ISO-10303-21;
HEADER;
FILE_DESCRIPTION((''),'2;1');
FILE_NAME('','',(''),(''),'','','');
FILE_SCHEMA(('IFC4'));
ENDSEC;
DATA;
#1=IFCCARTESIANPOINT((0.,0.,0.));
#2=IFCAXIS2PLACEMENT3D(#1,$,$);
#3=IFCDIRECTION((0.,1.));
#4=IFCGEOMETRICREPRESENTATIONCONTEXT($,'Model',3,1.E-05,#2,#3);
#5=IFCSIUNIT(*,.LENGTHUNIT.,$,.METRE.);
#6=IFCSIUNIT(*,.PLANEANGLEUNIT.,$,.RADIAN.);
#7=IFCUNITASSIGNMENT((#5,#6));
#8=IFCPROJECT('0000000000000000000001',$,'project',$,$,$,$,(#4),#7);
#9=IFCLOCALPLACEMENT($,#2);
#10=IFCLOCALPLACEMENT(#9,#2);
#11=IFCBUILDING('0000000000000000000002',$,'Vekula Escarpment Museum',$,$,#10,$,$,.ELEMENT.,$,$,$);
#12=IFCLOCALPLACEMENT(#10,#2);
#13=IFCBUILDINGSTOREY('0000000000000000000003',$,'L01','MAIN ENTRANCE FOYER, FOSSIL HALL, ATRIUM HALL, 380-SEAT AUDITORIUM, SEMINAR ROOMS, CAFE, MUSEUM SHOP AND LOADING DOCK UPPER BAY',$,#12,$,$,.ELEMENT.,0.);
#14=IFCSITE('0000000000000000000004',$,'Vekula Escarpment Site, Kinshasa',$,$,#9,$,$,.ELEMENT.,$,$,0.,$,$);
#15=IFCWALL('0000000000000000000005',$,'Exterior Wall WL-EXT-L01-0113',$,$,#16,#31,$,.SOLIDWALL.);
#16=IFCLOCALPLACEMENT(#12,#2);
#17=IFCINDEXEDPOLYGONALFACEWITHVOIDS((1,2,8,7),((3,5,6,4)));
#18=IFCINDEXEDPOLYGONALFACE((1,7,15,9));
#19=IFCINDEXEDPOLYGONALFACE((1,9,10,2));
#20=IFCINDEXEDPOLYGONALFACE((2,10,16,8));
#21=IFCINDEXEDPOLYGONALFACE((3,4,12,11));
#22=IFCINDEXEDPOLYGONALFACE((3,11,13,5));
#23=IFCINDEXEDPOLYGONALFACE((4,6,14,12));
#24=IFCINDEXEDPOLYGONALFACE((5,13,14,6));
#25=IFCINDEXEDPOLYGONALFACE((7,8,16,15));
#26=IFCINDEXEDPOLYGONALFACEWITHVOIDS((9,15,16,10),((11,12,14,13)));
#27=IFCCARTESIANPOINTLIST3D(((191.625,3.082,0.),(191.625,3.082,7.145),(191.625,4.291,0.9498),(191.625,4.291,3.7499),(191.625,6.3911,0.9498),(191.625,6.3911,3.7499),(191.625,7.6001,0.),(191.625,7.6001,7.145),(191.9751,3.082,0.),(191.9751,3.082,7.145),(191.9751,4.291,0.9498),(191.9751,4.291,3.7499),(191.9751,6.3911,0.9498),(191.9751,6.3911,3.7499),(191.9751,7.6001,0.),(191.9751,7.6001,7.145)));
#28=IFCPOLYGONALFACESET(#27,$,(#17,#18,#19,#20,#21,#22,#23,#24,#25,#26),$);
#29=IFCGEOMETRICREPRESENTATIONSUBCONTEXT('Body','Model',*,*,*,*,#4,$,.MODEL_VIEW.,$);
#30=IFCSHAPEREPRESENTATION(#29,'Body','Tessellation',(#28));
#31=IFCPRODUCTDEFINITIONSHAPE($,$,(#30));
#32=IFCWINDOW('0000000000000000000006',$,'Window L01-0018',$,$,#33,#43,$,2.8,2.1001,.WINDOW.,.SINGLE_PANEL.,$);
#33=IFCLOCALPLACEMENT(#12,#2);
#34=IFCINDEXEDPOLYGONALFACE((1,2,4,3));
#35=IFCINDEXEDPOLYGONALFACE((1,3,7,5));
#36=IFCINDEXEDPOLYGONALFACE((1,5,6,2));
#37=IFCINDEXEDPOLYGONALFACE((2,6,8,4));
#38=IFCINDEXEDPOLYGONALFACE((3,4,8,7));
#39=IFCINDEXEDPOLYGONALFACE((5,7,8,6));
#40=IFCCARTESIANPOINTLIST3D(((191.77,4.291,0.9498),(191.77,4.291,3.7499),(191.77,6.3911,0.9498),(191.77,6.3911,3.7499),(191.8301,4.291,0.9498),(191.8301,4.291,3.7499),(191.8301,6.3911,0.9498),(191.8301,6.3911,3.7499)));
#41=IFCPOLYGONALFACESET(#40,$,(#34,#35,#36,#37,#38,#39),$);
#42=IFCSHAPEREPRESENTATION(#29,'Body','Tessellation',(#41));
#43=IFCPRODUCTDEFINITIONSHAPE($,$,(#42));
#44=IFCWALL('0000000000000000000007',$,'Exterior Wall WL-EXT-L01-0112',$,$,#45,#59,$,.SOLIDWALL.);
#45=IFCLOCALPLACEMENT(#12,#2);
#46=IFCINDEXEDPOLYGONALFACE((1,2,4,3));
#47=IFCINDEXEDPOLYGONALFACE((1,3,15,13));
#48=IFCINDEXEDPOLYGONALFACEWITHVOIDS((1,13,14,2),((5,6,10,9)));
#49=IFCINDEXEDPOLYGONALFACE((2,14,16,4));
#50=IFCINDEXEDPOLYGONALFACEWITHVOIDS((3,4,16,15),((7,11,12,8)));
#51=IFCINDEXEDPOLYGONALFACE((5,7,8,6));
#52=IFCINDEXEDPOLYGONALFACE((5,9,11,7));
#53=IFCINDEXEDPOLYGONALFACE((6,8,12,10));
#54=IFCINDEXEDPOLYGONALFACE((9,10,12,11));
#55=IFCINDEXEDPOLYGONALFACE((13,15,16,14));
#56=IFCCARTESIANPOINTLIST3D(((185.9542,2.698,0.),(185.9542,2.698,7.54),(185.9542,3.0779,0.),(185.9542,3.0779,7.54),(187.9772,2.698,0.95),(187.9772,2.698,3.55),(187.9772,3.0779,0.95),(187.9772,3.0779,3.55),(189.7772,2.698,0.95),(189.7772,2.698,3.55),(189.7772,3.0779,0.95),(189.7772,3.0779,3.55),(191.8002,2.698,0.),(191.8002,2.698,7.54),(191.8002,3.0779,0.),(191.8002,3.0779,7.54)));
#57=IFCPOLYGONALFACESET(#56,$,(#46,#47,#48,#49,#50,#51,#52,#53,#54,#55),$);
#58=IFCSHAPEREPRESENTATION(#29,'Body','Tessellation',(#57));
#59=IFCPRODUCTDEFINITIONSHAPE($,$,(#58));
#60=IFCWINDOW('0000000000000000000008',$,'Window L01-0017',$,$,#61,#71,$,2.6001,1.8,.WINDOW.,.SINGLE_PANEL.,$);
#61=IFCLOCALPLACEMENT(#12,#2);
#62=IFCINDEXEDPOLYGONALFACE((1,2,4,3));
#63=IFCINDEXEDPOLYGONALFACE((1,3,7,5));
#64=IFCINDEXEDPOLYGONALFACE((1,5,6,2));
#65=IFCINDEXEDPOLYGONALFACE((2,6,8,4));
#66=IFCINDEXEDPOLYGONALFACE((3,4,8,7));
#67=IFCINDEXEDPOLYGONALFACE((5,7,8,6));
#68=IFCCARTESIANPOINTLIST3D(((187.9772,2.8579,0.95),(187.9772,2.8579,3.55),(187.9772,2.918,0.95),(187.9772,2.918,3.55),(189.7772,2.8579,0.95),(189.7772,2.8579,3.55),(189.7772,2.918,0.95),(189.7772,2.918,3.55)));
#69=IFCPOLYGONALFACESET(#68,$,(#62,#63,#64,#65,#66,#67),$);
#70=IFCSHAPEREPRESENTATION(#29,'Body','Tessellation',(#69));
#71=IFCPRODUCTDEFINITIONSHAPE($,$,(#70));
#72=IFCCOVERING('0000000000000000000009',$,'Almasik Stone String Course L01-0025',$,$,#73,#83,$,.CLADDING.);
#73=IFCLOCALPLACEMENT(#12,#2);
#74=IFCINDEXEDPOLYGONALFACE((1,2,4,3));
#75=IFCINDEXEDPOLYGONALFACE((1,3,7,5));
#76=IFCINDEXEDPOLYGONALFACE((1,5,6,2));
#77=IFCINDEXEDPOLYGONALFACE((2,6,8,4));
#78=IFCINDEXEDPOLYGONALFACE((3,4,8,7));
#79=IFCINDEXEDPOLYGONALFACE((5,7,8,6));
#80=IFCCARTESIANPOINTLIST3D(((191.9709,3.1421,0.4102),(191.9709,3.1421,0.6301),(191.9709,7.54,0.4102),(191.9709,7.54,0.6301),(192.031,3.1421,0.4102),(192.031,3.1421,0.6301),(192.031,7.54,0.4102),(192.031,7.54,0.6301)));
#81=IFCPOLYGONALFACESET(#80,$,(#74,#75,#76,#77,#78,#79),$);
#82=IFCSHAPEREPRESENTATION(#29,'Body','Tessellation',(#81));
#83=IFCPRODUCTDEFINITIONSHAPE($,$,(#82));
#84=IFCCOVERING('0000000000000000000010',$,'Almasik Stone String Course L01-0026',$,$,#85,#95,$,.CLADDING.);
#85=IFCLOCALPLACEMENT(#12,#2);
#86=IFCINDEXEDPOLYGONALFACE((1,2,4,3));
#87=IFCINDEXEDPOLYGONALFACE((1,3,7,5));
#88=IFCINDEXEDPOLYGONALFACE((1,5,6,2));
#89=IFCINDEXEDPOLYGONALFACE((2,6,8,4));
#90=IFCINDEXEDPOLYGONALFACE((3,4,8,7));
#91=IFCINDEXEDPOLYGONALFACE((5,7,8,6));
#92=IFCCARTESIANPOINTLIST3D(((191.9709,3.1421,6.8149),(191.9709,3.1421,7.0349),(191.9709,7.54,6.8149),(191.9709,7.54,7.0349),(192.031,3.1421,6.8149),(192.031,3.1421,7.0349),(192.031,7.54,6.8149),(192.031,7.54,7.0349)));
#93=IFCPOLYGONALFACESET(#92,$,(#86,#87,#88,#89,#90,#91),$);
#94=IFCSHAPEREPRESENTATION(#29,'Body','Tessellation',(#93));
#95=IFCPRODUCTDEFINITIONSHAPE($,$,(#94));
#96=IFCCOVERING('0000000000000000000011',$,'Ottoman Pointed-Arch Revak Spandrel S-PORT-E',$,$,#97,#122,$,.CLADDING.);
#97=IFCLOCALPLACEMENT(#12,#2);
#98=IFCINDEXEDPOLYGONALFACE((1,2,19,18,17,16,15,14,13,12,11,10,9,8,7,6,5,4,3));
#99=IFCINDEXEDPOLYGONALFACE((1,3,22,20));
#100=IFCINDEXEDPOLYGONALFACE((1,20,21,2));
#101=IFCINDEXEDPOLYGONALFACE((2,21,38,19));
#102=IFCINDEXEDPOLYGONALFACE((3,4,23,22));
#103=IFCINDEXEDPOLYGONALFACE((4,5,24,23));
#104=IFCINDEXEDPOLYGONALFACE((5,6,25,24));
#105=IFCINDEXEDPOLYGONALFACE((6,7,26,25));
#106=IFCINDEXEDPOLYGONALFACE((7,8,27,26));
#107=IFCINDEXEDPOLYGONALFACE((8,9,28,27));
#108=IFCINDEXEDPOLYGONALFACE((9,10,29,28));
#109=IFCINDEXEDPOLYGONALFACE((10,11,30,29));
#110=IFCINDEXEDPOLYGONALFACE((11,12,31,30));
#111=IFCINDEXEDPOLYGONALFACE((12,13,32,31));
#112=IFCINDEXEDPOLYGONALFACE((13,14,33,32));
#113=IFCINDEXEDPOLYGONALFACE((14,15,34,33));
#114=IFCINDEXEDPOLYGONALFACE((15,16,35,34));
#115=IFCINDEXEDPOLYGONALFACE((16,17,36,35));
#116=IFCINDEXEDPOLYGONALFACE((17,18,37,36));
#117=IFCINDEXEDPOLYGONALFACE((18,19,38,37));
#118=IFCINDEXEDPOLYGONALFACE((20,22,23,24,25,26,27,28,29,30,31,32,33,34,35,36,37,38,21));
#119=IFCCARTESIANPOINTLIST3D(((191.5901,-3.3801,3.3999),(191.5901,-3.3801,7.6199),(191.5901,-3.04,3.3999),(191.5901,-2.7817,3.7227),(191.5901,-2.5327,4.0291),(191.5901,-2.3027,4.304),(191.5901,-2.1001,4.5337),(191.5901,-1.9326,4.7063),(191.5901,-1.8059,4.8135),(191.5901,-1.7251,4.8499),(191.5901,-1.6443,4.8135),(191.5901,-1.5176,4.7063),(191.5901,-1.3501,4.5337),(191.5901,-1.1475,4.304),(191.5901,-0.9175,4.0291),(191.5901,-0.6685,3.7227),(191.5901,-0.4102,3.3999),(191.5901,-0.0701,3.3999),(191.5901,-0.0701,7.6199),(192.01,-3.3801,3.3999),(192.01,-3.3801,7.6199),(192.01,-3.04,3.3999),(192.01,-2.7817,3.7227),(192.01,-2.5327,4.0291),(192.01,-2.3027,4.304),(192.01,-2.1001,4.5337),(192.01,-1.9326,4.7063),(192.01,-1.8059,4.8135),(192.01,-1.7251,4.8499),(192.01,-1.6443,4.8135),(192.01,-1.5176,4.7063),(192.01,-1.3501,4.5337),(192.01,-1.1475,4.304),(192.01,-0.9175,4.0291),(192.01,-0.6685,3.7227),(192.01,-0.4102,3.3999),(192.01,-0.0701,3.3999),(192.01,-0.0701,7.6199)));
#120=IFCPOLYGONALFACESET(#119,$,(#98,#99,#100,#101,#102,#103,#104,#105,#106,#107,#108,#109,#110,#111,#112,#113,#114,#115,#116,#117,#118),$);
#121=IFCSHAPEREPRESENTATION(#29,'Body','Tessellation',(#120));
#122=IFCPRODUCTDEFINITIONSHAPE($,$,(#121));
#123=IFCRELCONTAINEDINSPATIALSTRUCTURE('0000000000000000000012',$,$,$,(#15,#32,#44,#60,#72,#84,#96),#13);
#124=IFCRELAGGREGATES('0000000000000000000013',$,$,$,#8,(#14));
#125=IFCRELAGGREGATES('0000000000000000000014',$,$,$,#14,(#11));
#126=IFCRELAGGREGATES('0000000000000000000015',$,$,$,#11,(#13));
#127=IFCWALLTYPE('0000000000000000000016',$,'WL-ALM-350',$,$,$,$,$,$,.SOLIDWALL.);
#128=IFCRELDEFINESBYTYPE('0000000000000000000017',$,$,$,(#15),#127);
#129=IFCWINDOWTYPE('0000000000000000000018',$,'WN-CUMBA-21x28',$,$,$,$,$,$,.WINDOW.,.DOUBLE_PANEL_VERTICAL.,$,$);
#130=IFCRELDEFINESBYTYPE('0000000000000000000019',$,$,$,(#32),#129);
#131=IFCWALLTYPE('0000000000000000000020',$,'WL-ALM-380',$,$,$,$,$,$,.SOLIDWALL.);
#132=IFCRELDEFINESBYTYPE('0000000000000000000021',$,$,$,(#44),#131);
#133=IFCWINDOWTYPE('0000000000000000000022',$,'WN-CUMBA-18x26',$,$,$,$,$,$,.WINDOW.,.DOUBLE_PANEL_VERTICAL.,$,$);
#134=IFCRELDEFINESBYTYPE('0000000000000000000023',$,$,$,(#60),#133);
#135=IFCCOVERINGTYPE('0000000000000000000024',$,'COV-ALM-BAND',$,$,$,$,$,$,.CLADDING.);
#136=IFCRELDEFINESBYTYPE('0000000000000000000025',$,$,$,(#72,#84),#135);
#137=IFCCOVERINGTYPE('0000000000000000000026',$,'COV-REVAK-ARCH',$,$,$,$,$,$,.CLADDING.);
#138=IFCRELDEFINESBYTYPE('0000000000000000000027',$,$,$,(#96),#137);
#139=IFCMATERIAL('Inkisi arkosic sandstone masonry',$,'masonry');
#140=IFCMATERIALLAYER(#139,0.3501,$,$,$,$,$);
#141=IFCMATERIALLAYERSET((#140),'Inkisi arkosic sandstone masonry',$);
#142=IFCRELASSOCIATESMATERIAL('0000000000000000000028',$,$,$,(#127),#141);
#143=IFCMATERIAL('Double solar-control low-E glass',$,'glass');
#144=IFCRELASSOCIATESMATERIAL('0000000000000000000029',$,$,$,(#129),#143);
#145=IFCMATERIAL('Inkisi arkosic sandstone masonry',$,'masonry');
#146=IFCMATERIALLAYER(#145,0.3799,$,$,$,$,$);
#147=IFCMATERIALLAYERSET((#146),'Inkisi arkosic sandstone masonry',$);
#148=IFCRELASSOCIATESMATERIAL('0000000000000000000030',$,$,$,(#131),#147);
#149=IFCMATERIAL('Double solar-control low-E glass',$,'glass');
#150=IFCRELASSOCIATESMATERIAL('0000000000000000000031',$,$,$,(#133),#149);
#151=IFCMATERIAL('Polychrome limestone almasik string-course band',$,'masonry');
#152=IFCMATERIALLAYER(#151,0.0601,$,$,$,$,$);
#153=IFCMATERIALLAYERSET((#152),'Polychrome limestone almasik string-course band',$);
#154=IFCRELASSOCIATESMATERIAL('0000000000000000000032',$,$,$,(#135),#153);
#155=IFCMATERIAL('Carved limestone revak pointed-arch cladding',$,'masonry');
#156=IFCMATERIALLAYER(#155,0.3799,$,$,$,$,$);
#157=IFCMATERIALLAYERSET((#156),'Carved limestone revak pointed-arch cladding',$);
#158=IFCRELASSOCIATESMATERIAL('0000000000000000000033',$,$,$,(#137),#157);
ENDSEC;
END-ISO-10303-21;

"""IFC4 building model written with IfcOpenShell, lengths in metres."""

from ifc_helpers import new_model, si_unit, direction, frame, frame_2d, origin, origin_2d, place, context, subcontext, project, spatial, polyline, rectangle, outline, extrude, material, layer, layer_set, type_object, element, fill, save


model = new_model("IFC4")

# Units and contexts
model_context = context("Model", 3, precision=1e-05, world=origin(), true_north=direction((0.0, 1.0)))
body_context = subcontext(model_context, "Body", "Model", "MODEL_VIEW")
ifc_project = project(units=[si_unit("LENGTHUNIT", "METRE"), si_unit("PLANEANGLEUNIT", "RADIAN")], contexts=[model_context])

# Site, building, storey
site_placement = place(None, origin())
site = spatial("IfcSite", under=ifc_project, at=site_placement, Name="Vekula Escarpment Site, Kinshasa", CompositionType="ELEMENT", RefElevation=0.0)
building_placement = place(site_placement, origin())
building = spatial("IfcBuilding", under=site, at=building_placement, Name="Vekula Escarpment Museum", CompositionType="ELEMENT")
storey_placement = place(building_placement, origin())
storey = spatial("IfcBuildingStorey", under=building, at=storey_placement, Name="L01", Description="MAIN ENTRANCE FOYER, FOSSIL HALL, ATRIUM HALL, 380-SEAT AUDITORIUM, SEMINAR ROOMS, CAFE, MUSEUM SHOP AND LOADING DOCK UPPER BAY", CompositionType="ELEMENT", Elevation=0.0)

# Walls, openings, windows
ifc_material_1 = material(Name="Inkisi arkosic sandstone masonry", Category="masonry")
ifc_layer_1 = layer(ifc_material_1, 0.3501)
ifc_layer_set_1 = layer_set([ifc_layer_1], Name="Inkisi arkosic sandstone masonry")
wall_type_1 = type_object("IfcWallType", Name="WL-ALM-350", PredefinedType="SOLIDWALL", material=ifc_layer_set_1)
wall_1_placement = place(storey_placement, frame((191.8, 7.6001, 0.0), z_axis=(0.0, 0.0, 1.0), x_axis=(0.0, -1.0, 0.0)))
wall_1 = element("IfcWall", 1, at=wall_1_placement, inside=storey, type_object=wall_type_1, Name="Exterior Wall WL-EXT-L01-0113", PredefinedType="SOLIDWALL", context=body_context, shape_type="SweptSolid", body=[
    extrude(rectangle(XDim=4.5181, YDim=0.3501, at=frame_2d((2.259, 0.0))), origin(), (0.0, 0.0, 1.0), 7.145),
])
opening_1_placement = place(wall_1_placement, frame((1.209, 0.0, 0.95)))
opening_1 = element("IfcOpeningElement", 2, at=opening_1_placement, cuts=wall_1, PredefinedType="OPENING", context=body_context, shape_type="SweptSolid", body=[
    extrude(rectangle(XDim=2.1001, YDim=2.8, at=frame_2d((1.05, 1.3999))), frame((0.0, 0.1851, 0.0), z_axis=(0.0, -1.0, 0.0), x_axis=(1.0, 0.0, 0.0)), (0.0, 0.0, 1.0), 0.3701),
])
ifc_material_2 = material(Name="Double solar-control low-E glass", Category="glass")
window_type_1 = type_object("IfcWindowType", Name="WN-CUMBA-21x28", PartitioningType="DOUBLE_PANEL_VERTICAL", PredefinedType="WINDOW", material=ifc_material_2)
window_1_placement = place(opening_1_placement, origin())
window_1 = element("IfcWindow", 3, at=window_1_placement, inside=storey, type_object=window_type_1, Name="Window L01-0018", OverallHeight=2.8, OverallWidth=2.1001, PartitioningType="SINGLE_PANEL", PredefinedType="WINDOW", context=body_context, shape_type="SweptSolid", body=[
    extrude(rectangle(XDim=2.1001, YDim=2.8, at=frame_2d((1.05, 1.3999))), frame((0.0, 0.03, 0.0), z_axis=(0.0, -1.0, 0.0), x_axis=(1.0, 0.0, 0.0)), (0.0, 0.0, 1.0), 0.0601),
])
fill(opening_1, window_1)
ifc_material_3 = material(Name="Inkisi arkosic sandstone masonry", Category="masonry")
ifc_layer_2 = layer(ifc_material_3, 0.3799)
ifc_layer_set_2 = layer_set([ifc_layer_2], Name="Inkisi arkosic sandstone masonry")
wall_type_2 = type_object("IfcWallType", Name="WL-ALM-380", PredefinedType="SOLIDWALL", material=ifc_layer_set_2)
wall_2_placement = place(storey_placement, frame((191.8, 2.8879, 0.0), z_axis=(0.0, 0.0, 1.0), x_axis=(-1.0, 0.0, 0.0)))
wall_2 = element("IfcWall", 4, at=wall_2_placement, inside=storey, type_object=wall_type_2, Name="Exterior Wall WL-EXT-L01-0112", PredefinedType="SOLIDWALL", context=body_context, shape_type="SweptSolid", body=[
    extrude(rectangle(XDim=5.8459, YDim=0.3799, at=frame_2d((2.9229, 0.0))), origin(), (0.0, 0.0, 1.0), 7.54),
])
opening_2_placement = place(wall_2_placement, frame((2.0229, 0.0, 0.95)))
opening_2 = element("IfcOpeningElement", 5, at=opening_2_placement, cuts=wall_2, PredefinedType="OPENING", context=body_context, shape_type="SweptSolid", body=[
    extrude(rectangle(XDim=1.8, YDim=2.6001, at=frame_2d((0.8999, 1.3))), frame((0.0, 0.2, 0.0), z_axis=(0.0, -1.0, 0.0), x_axis=(1.0, 0.0, 0.0)), (0.0, 0.0, 1.0), 0.3999),
])
ifc_material_4 = material(Name="Double solar-control low-E glass", Category="glass")
window_type_2 = type_object("IfcWindowType", Name="WN-CUMBA-18x26", PartitioningType="DOUBLE_PANEL_VERTICAL", PredefinedType="WINDOW", material=ifc_material_4)
window_2_placement = place(opening_2_placement, origin())
window_2 = element("IfcWindow", 6, at=window_2_placement, inside=storey, type_object=window_type_2, Name="Window L01-0017", OverallHeight=2.6001, OverallWidth=1.8, PartitioningType="SINGLE_PANEL", PredefinedType="WINDOW", context=body_context, shape_type="SweptSolid", body=[
    extrude(rectangle(XDim=1.8, YDim=2.6001, at=frame_2d((0.8999, 1.3))), frame((0.0, 0.03, 0.0), z_axis=(0.0, -1.0, 0.0), x_axis=(1.0, 0.0, 0.0)), (0.0, 0.0, 1.0), 0.0601),
])
fill(opening_2, window_2)

# Coverings
ifc_material_5 = material(Name="Polychrome limestone almasik string-course band", Category="masonry")
ifc_layer_3 = layer(ifc_material_5, 0.0601)
ifc_layer_set_3 = layer_set([ifc_layer_3], Name="Polychrome limestone almasik string-course band")
covering_type_1 = type_object("IfcCoveringType", Name="COV-ALM-BAND", PredefinedType="CLADDING", material=ifc_layer_set_3)
for number, where, z_axis, x_axis, name in (
    (7, (192.001, 5.3411, 0.4102), (0.0, 0.0, 1.0), (0.0, 1.0, 0.0), "Almasik Stone String Course L01-0025"),
    (8, (192.001, 5.3411, 6.8149), (0.0, 0.0, 1.0), (0.0, 1.0, 0.0), "Almasik Stone String Course L01-0026"),
):
    element("IfcCovering", number, at=place(storey_placement, frame(where, z_axis=z_axis, x_axis=x_axis)), inside=storey, type_object=covering_type_1, Name=name, PredefinedType="CLADDING", context=body_context, shape_type="SweptSolid", body=[
        extrude(rectangle(XDim=4.3979, YDim=0.0601, at=origin_2d()), origin(), (0.0, 0.0, 1.0), 0.22),
    ])
ifc_material_6 = material(Name="Carved limestone revak pointed-arch cladding", Category="masonry")
ifc_layer_4 = layer(ifc_material_6, 0.3799)
ifc_layer_set_4 = layer_set([ifc_layer_4], Name="Carved limestone revak pointed-arch cladding")
covering_type_2 = type_object("IfcCoveringType", Name="COV-REVAK-ARCH", PredefinedType="CLADDING", material=ifc_layer_set_4)
covering_placement = place(storey_placement, frame((192.01, -1.7251, 3.3999), z_axis=(-1.0, 0.0, 0.0), x_axis=(0.0, -1.0, 0.0)))
element("IfcCovering", 9, at=covering_placement, inside=storey, type_object=covering_type_2, Name="Ottoman Pointed-Arch Revak Spandrel S-PORT-E", PredefinedType="CLADDING", context=body_context, shape_type="SweptSolid", body=[
    extrude(outline(polyline([(-1.655, 4.22), (1.655, 4.22), (1.655, 0.0), (1.3149, 0.0), (1.0566, 0.3228), (0.8076, 0.6292), (0.5776, 0.9041), (0.375, 1.1338), (0.2075, 1.3064), (0.0808, 1.4136), (0.0, 1.45), (-0.0808, 1.4136), (-0.2075, 1.3064), (-0.375, 1.1338), (-0.5776, 0.9041), (-0.8076, 0.6292), (-1.0566, 0.3228), (-1.3149, 0.0), (-1.655, 0.0), (-1.655, 4.22)])), origin(), (0.0, 0.0, 1.0), 0.4199),
])

save(model, "model.ifc")
